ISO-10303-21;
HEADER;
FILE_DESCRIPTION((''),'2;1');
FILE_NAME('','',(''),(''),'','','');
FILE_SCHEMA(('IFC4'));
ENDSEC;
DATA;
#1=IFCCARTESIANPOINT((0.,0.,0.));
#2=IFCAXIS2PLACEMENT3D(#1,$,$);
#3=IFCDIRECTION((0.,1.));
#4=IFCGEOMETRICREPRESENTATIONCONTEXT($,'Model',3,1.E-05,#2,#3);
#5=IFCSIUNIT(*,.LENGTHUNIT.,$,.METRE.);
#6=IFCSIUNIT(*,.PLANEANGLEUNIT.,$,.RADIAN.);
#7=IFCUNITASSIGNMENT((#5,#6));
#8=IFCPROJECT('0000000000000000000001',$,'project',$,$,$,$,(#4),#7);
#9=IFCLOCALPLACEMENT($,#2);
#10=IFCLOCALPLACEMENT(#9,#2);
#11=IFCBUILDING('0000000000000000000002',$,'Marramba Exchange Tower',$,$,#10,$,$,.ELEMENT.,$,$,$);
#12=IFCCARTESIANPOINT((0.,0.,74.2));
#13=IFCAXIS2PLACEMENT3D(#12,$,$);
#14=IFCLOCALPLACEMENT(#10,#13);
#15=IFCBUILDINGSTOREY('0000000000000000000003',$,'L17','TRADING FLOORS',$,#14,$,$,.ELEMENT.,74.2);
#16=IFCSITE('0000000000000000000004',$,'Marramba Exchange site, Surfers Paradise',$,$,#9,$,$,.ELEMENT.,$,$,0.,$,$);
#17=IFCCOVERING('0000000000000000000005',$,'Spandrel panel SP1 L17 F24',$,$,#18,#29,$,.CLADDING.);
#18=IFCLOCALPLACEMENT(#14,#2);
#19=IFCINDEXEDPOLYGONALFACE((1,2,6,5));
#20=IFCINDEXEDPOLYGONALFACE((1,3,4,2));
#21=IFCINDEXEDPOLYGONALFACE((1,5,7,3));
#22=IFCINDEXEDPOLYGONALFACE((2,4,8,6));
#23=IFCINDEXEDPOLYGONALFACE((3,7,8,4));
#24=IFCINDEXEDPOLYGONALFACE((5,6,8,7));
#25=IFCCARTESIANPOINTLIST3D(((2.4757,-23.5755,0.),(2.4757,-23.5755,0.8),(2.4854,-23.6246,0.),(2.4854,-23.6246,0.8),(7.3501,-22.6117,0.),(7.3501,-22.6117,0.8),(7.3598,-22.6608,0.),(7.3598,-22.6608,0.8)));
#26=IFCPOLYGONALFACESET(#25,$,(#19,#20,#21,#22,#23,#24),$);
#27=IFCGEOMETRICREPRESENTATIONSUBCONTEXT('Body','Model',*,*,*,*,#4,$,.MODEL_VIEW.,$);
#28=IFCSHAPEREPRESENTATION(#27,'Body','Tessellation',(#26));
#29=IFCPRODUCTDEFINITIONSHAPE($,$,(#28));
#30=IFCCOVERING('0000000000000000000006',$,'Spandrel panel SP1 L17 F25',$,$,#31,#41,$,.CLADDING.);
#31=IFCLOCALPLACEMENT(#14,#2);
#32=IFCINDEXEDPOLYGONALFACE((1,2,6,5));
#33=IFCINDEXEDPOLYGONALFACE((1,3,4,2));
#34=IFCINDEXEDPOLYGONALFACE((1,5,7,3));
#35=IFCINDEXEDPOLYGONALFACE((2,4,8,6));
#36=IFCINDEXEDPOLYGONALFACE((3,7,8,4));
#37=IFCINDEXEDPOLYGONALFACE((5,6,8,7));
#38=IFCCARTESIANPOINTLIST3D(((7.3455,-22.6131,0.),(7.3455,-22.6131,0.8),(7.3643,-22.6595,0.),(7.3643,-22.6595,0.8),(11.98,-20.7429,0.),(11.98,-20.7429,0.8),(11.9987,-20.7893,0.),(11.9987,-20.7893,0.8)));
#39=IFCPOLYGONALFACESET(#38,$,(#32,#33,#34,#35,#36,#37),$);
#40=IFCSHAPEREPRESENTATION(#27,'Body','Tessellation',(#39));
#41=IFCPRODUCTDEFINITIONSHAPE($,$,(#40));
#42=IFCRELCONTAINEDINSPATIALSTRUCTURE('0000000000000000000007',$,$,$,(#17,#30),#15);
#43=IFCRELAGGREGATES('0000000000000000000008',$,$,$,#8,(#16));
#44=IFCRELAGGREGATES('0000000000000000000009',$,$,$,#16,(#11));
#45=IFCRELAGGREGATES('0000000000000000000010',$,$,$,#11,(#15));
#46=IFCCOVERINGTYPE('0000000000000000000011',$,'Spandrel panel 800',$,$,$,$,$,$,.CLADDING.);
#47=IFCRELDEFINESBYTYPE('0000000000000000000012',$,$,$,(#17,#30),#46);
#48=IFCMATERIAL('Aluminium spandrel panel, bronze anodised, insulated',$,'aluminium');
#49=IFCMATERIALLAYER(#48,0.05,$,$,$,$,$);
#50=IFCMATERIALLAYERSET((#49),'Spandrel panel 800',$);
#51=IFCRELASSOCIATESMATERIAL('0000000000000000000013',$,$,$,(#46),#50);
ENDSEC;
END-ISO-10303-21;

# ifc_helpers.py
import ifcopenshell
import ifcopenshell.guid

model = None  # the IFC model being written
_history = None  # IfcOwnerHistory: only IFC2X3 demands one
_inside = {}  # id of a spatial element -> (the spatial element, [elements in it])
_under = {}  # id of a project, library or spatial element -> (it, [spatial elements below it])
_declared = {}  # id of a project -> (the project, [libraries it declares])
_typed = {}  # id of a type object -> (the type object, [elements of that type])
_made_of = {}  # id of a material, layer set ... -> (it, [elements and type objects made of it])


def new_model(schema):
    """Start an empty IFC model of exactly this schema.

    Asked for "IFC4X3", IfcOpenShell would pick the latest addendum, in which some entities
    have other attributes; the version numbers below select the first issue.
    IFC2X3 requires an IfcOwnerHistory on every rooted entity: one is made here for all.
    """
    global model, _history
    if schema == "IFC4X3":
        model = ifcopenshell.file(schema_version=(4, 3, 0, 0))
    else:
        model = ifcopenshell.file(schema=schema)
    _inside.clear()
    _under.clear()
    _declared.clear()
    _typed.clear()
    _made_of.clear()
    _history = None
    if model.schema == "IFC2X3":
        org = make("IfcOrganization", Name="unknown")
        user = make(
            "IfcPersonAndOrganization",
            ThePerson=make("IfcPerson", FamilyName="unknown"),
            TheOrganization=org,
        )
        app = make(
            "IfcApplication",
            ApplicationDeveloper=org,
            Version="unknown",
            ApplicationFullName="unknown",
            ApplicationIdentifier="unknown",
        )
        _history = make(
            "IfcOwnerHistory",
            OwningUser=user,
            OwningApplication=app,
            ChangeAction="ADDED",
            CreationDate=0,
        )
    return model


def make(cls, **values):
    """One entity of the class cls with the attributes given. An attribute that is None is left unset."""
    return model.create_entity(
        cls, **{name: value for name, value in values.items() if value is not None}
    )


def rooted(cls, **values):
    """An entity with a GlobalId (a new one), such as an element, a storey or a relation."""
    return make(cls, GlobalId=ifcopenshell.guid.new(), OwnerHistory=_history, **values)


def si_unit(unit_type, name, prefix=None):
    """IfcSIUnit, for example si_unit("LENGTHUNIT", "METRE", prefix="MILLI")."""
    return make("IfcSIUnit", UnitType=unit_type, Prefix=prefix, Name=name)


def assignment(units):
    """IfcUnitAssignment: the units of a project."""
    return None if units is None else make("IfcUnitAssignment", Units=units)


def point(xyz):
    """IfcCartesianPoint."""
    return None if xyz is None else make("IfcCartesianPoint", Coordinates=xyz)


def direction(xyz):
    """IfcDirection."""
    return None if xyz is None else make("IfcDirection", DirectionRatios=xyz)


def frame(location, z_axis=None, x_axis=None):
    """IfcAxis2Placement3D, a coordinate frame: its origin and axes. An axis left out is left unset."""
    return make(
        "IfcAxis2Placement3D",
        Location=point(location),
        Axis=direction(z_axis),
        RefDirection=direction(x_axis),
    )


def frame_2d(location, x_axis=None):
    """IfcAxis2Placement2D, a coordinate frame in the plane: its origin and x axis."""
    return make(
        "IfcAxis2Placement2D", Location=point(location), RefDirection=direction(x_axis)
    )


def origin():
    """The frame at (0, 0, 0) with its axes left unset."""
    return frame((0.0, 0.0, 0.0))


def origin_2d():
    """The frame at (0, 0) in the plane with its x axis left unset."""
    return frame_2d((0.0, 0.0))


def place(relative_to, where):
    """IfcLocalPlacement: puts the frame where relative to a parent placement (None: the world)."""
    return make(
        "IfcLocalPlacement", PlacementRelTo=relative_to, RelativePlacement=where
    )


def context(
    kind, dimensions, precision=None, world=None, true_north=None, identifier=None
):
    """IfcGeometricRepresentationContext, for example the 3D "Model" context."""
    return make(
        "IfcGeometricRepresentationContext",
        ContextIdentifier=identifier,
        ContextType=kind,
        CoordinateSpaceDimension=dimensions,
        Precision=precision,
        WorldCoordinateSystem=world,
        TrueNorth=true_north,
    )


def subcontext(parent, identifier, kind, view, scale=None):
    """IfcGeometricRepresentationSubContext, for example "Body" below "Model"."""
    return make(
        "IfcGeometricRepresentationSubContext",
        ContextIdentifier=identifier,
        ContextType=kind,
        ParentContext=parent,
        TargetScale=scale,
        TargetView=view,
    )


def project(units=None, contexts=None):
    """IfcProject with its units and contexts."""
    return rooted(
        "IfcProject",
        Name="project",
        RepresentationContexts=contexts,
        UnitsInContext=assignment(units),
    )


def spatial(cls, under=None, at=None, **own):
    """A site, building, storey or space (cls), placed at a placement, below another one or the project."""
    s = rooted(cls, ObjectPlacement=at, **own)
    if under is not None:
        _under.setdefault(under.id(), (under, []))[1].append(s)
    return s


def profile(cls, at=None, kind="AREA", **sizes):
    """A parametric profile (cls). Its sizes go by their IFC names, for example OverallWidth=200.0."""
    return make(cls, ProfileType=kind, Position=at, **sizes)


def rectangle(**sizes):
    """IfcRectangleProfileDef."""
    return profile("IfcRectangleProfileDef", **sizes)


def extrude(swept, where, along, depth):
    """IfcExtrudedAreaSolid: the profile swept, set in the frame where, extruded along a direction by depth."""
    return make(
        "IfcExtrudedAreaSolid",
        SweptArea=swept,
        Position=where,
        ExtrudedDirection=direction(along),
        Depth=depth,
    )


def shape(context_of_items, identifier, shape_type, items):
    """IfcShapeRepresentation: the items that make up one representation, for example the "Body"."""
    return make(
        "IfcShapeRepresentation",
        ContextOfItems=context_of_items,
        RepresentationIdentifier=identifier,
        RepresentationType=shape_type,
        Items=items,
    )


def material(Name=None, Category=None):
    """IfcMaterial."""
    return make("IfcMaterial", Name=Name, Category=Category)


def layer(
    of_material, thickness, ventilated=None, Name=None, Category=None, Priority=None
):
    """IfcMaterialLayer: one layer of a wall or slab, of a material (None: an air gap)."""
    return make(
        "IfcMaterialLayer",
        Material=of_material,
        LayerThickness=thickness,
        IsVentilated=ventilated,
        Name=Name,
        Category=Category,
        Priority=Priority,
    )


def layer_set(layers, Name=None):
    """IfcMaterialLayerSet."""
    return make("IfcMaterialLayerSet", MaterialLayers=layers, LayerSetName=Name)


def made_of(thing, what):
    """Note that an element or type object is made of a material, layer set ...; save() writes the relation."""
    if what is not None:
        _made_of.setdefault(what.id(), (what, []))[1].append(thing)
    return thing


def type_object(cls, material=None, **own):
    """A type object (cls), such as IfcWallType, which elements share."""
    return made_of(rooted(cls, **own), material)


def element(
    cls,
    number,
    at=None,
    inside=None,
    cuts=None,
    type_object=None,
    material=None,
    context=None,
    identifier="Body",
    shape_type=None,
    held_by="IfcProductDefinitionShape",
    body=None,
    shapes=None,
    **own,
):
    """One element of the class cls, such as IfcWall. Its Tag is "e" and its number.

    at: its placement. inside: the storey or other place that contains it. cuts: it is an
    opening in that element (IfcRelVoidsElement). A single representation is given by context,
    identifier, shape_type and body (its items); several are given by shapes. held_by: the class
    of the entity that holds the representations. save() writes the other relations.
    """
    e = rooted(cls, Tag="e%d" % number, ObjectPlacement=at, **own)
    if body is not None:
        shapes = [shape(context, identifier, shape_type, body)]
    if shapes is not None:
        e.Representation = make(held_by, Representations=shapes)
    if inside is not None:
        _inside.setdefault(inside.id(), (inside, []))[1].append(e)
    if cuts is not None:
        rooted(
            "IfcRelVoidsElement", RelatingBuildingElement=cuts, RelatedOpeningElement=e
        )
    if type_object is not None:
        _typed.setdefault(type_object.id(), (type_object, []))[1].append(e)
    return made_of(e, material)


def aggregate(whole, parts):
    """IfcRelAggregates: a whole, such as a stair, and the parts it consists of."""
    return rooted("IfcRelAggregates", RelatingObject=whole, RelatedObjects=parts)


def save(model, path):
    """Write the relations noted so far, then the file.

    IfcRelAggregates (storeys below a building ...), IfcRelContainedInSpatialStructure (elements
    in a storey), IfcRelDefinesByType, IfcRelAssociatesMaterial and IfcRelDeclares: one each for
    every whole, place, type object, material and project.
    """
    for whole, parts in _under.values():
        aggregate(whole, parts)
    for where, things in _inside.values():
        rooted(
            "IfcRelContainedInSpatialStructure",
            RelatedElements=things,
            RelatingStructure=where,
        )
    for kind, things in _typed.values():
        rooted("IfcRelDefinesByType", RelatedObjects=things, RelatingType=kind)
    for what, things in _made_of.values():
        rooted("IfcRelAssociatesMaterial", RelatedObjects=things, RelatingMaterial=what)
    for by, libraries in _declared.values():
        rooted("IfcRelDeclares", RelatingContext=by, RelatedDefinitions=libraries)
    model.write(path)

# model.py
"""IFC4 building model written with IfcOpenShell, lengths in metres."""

from ifc_helpers import new_model, si_unit, direction, frame, origin, origin_2d, place, context, subcontext, project, spatial, rectangle, extrude, material, layer, layer_set, type_object, element, save


model = new_model("IFC4")

# Units and contexts
model_context = context("Model", 3, precision=1e-05, world=origin(), true_north=direction((0.0, 1.0)))
body_context = subcontext(model_context, "Body", "Model", "MODEL_VIEW")
ifc_project = project(units=[si_unit("LENGTHUNIT", "METRE"), si_unit("PLANEANGLEUNIT", "RADIAN")], contexts=[model_context])

# Site, building, storey
site_placement = place(None, origin())
site = spatial("IfcSite", under=ifc_project, at=site_placement, Name="Marramba Exchange site, Surfers Paradise", CompositionType="ELEMENT", RefElevation=0.0)
building_placement = place(site_placement, origin())
building = spatial("IfcBuilding", under=site, at=building_placement, Name="Marramba Exchange Tower", CompositionType="ELEMENT")
storey_placement = place(building_placement, frame((0.0, 0.0, 74.2)))
storey = spatial("IfcBuildingStorey", under=building, at=storey_placement, Name="L17", Description="TRADING FLOORS", CompositionType="ELEMENT", Elevation=74.2)

# Coverings
ifc_material_1 = material(Name="Aluminium spandrel panel, bronze anodised, insulated", Category="aluminium")
ifc_layer_1 = layer(ifc_material_1, 0.05)
ifc_layer_set_1 = layer_set([ifc_layer_1], Name="Spandrel panel 800")
covering_type = type_object("IfcCoveringType", Name="Spandrel panel 800", PredefinedType="CLADDING", material=ifc_layer_set_1)
covering_1_placement = place(storey_placement, frame((4.9177, -23.1182, 0.0), z_axis=(0.0, 0.0, 1.0), x_axis=(0.981009, 0.193961, 0.0)))
element("IfcCovering", 1, at=covering_1_placement, inside=storey, type_object=covering_type, Name="Spandrel panel SP1 L17 F24", PredefinedType="CLADDING", context=body_context, shape_type="SweptSolid", body=[
    extrude(rectangle(XDim=4.9688, YDim=0.05, at=origin_2d()), origin(), (0.0, 0.0, 1.0), 0.8),
])
covering_2_placement = place(storey_placement, frame((9.6721, -21.7012, 0.0), z_axis=(0.0, 0.0, 1.0), x_axis=(0.927341, 0.374218, 0.0)))
element("IfcCovering", 2, at=covering_2_placement, inside=storey, type_object=covering_type, Name="Spandrel panel SP1 L17 F25", PredefinedType="CLADDING", context=body_context, shape_type="SweptSolid", body=[
    extrude(rectangle(XDim=4.9976, YDim=0.05, at=origin_2d()), origin(), (0.0, 0.0, 1.0), 0.8),
])

save(model, "model.ifc")
